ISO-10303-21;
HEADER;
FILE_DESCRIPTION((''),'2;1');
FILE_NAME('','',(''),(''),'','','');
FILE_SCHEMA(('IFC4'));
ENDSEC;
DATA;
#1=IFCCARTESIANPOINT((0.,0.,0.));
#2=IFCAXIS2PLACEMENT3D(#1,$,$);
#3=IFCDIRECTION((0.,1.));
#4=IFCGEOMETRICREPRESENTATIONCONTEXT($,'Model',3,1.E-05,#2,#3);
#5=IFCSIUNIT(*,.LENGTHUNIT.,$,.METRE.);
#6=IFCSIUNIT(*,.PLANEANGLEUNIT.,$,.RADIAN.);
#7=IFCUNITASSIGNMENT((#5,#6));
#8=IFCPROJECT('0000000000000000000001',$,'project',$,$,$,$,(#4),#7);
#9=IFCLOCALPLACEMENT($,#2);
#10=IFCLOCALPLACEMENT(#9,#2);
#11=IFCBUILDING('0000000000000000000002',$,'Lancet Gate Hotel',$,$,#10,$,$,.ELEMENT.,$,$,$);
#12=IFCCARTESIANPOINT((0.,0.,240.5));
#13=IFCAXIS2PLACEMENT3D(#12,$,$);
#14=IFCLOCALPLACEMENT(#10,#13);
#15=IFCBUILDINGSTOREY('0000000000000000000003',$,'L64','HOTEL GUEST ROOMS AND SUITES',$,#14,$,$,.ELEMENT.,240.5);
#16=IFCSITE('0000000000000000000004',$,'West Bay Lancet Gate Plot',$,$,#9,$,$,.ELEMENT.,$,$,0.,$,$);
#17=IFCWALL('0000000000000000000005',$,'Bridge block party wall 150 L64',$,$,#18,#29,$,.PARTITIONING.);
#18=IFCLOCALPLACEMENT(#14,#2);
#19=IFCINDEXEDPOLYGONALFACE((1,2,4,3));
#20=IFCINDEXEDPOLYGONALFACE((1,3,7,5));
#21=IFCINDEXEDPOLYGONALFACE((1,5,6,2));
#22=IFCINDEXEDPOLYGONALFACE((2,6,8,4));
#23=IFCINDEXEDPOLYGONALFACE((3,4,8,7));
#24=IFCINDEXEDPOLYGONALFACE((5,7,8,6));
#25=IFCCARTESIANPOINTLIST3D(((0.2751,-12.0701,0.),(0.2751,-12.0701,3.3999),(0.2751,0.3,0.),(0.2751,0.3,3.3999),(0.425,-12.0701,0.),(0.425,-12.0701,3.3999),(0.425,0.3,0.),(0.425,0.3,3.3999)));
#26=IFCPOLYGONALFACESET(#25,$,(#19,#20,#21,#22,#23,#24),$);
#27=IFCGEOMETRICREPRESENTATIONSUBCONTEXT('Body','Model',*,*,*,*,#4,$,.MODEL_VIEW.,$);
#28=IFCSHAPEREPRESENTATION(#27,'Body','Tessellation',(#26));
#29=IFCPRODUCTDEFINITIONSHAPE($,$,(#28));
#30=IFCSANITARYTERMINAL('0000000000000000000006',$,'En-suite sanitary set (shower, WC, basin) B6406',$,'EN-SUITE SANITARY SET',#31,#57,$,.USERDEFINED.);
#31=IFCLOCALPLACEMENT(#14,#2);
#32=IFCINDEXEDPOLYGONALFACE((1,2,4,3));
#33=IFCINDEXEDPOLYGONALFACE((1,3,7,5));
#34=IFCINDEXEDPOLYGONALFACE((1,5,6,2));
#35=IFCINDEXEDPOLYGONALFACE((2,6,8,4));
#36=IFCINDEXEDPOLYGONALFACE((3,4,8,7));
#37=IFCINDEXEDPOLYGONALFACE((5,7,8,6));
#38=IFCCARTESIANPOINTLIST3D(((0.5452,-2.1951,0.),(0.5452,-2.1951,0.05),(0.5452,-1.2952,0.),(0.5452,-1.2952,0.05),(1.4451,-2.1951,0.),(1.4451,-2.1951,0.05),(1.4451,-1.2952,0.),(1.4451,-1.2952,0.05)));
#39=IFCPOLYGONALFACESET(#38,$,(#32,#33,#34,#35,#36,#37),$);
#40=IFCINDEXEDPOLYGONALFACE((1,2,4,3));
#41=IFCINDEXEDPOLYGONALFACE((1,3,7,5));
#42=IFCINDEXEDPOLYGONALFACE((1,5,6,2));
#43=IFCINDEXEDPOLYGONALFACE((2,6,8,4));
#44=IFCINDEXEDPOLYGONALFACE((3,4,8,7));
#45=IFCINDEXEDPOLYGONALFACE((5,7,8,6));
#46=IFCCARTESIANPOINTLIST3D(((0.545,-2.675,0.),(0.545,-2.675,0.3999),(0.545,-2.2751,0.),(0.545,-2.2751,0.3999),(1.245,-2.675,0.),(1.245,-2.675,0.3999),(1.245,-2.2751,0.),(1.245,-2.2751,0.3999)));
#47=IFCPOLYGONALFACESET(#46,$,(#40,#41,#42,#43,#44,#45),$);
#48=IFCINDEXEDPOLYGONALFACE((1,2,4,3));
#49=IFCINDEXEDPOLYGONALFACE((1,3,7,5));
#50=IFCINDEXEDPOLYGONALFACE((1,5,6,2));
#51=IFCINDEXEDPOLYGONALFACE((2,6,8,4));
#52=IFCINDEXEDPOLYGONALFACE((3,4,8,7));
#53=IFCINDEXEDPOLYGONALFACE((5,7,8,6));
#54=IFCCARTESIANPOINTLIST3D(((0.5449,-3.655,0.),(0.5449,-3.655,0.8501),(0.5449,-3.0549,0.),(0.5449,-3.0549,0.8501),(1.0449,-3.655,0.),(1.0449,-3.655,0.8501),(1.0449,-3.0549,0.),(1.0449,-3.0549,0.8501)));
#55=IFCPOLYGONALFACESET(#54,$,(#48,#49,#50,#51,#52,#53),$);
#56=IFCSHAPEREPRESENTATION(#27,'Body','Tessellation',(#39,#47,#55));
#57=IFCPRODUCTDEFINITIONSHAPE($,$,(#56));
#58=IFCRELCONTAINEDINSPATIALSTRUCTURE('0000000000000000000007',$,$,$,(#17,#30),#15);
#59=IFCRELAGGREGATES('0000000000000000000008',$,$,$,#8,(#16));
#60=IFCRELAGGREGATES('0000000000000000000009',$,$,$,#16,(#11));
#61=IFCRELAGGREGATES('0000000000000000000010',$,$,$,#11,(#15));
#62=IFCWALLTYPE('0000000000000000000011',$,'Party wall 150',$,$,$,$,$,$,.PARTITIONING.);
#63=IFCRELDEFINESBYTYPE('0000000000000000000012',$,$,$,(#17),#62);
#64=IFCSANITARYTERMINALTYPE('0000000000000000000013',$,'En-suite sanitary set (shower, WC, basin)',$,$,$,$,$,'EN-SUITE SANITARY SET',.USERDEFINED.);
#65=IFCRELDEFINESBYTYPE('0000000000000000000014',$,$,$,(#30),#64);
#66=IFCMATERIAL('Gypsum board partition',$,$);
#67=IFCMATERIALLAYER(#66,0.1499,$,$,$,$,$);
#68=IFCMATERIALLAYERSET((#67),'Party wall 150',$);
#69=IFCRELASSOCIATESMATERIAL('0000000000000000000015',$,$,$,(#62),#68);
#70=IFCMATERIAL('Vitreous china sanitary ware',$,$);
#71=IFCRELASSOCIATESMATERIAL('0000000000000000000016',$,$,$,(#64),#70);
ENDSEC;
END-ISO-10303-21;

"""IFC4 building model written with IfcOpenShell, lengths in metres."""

from ifc_helpers import new_model, si_unit, direction, frame, frame_2d, origin, origin_2d, place, context, subcontext, project, spatial, rectangle, extrude, material, layer, layer_set, type_object, element, save


model = new_model("IFC4")

# Units and contexts
model_context = context("Model", 3, precision=1e-05, world=origin(), true_north=direction((0.0, 1.0)))
body_context = subcontext(model_context, "Body", "Model", "MODEL_VIEW")
ifc_project = project(units=[si_unit("LENGTHUNIT", "METRE"), si_unit("PLANEANGLEUNIT", "RADIAN")], contexts=[model_context])

# Site, building, storey
site_placement = place(None, origin())
site = spatial("IfcSite", under=ifc_project, at=site_placement, Name="West Bay Lancet Gate Plot", CompositionType="ELEMENT", RefElevation=0.0)
building_placement = place(site_placement, origin())
building = spatial("IfcBuilding", under=site, at=building_placement, Name="Lancet Gate Hotel", CompositionType="ELEMENT")
storey_placement = place(building_placement, frame((0.0, 0.0, 240.5)))
storey = spatial("IfcBuildingStorey", under=building, at=storey_placement, Name="L64", Description="HOTEL GUEST ROOMS AND SUITES", CompositionType="ELEMENT", Elevation=240.5)

# Wall
ifc_material_1 = material(Name="Gypsum board partition")
ifc_layer_1 = layer(ifc_material_1, 0.1499)
ifc_layer_set_1 = layer_set([ifc_layer_1], Name="Party wall 150")
wall_type_1 = type_object("IfcWallType", Name="Party wall 150", PredefinedType="PARTITIONING", material=ifc_layer_set_1)
wall_1_placement = place(storey_placement, frame((0.3501, -12.0701, 0.0), z_axis=(0.0, 0.0, 1.0), x_axis=(0.0, 1.0, 0.0)))
element("IfcWall", 1, at=wall_1_placement, inside=storey, type_object=wall_type_1, Name="Bridge block party wall 150 L64", PredefinedType="PARTITIONING", context=body_context, shape_type="SweptSolid", body=[
    extrude(rectangle(XDim=12.3701, YDim=0.1499, at=frame_2d((6.1851, 0.0))), origin(), (0.0, 0.0, 1.0), 3.3999),
])

# Sanitary terminal
ifc_material_2 = material(Name="Vitreous china sanitary ware")
sanitary_terminal_type = type_object("IfcSanitaryTerminalType", Name="En-suite sanitary set (shower, WC, basin)", ElementType="EN-SUITE SANITARY SET", PredefinedType="USERDEFINED", material=ifc_material_2)
sanitary_terminal_placement = place(storey_placement, frame((0.9951, -1.7451, 0.0), z_axis=(0.0, 0.0, 1.0), x_axis=(1.0, 0.0, 0.0)))
element("IfcSanitaryTerminal", 2, at=sanitary_terminal_placement, inside=storey, type_object=sanitary_terminal_type, Name="En-suite sanitary set (shower, WC, basin) B6406", ObjectType="EN-SUITE SANITARY SET", PredefinedType="USERDEFINED", context=body_context, shape_type="SweptSolid", body=[
    extrude(rectangle(XDim=0.8999, YDim=0.8999, at=origin_2d()), frame((0.0, 0.0, 0.0), z_axis=(0.0, 0.0, 1.0), x_axis=(0.0, 1.0, 0.0)), (0.0, 0.0, 1.0), 0.05),
    extrude(rectangle(XDim=0.3999, YDim=0.7, at=origin_2d()), frame((-0.1001, -0.73, 0.0), z_axis=(0.0, 0.0, 1.0), x_axis=(0.0, 1.0, 0.0)), (0.0, 0.0, 1.0), 0.3999),
    extrude(rectangle(XDim=0.6001, YDim=0.5, at=origin_2d()), frame((-0.2002, -1.6099, 0.0), z_axis=(0.0, 0.0, 1.0), x_axis=(0.0, 1.0, 0.0)), (0.0, 0.0, 1.0), 0.8501),
])

save(model, "model.ifc")
